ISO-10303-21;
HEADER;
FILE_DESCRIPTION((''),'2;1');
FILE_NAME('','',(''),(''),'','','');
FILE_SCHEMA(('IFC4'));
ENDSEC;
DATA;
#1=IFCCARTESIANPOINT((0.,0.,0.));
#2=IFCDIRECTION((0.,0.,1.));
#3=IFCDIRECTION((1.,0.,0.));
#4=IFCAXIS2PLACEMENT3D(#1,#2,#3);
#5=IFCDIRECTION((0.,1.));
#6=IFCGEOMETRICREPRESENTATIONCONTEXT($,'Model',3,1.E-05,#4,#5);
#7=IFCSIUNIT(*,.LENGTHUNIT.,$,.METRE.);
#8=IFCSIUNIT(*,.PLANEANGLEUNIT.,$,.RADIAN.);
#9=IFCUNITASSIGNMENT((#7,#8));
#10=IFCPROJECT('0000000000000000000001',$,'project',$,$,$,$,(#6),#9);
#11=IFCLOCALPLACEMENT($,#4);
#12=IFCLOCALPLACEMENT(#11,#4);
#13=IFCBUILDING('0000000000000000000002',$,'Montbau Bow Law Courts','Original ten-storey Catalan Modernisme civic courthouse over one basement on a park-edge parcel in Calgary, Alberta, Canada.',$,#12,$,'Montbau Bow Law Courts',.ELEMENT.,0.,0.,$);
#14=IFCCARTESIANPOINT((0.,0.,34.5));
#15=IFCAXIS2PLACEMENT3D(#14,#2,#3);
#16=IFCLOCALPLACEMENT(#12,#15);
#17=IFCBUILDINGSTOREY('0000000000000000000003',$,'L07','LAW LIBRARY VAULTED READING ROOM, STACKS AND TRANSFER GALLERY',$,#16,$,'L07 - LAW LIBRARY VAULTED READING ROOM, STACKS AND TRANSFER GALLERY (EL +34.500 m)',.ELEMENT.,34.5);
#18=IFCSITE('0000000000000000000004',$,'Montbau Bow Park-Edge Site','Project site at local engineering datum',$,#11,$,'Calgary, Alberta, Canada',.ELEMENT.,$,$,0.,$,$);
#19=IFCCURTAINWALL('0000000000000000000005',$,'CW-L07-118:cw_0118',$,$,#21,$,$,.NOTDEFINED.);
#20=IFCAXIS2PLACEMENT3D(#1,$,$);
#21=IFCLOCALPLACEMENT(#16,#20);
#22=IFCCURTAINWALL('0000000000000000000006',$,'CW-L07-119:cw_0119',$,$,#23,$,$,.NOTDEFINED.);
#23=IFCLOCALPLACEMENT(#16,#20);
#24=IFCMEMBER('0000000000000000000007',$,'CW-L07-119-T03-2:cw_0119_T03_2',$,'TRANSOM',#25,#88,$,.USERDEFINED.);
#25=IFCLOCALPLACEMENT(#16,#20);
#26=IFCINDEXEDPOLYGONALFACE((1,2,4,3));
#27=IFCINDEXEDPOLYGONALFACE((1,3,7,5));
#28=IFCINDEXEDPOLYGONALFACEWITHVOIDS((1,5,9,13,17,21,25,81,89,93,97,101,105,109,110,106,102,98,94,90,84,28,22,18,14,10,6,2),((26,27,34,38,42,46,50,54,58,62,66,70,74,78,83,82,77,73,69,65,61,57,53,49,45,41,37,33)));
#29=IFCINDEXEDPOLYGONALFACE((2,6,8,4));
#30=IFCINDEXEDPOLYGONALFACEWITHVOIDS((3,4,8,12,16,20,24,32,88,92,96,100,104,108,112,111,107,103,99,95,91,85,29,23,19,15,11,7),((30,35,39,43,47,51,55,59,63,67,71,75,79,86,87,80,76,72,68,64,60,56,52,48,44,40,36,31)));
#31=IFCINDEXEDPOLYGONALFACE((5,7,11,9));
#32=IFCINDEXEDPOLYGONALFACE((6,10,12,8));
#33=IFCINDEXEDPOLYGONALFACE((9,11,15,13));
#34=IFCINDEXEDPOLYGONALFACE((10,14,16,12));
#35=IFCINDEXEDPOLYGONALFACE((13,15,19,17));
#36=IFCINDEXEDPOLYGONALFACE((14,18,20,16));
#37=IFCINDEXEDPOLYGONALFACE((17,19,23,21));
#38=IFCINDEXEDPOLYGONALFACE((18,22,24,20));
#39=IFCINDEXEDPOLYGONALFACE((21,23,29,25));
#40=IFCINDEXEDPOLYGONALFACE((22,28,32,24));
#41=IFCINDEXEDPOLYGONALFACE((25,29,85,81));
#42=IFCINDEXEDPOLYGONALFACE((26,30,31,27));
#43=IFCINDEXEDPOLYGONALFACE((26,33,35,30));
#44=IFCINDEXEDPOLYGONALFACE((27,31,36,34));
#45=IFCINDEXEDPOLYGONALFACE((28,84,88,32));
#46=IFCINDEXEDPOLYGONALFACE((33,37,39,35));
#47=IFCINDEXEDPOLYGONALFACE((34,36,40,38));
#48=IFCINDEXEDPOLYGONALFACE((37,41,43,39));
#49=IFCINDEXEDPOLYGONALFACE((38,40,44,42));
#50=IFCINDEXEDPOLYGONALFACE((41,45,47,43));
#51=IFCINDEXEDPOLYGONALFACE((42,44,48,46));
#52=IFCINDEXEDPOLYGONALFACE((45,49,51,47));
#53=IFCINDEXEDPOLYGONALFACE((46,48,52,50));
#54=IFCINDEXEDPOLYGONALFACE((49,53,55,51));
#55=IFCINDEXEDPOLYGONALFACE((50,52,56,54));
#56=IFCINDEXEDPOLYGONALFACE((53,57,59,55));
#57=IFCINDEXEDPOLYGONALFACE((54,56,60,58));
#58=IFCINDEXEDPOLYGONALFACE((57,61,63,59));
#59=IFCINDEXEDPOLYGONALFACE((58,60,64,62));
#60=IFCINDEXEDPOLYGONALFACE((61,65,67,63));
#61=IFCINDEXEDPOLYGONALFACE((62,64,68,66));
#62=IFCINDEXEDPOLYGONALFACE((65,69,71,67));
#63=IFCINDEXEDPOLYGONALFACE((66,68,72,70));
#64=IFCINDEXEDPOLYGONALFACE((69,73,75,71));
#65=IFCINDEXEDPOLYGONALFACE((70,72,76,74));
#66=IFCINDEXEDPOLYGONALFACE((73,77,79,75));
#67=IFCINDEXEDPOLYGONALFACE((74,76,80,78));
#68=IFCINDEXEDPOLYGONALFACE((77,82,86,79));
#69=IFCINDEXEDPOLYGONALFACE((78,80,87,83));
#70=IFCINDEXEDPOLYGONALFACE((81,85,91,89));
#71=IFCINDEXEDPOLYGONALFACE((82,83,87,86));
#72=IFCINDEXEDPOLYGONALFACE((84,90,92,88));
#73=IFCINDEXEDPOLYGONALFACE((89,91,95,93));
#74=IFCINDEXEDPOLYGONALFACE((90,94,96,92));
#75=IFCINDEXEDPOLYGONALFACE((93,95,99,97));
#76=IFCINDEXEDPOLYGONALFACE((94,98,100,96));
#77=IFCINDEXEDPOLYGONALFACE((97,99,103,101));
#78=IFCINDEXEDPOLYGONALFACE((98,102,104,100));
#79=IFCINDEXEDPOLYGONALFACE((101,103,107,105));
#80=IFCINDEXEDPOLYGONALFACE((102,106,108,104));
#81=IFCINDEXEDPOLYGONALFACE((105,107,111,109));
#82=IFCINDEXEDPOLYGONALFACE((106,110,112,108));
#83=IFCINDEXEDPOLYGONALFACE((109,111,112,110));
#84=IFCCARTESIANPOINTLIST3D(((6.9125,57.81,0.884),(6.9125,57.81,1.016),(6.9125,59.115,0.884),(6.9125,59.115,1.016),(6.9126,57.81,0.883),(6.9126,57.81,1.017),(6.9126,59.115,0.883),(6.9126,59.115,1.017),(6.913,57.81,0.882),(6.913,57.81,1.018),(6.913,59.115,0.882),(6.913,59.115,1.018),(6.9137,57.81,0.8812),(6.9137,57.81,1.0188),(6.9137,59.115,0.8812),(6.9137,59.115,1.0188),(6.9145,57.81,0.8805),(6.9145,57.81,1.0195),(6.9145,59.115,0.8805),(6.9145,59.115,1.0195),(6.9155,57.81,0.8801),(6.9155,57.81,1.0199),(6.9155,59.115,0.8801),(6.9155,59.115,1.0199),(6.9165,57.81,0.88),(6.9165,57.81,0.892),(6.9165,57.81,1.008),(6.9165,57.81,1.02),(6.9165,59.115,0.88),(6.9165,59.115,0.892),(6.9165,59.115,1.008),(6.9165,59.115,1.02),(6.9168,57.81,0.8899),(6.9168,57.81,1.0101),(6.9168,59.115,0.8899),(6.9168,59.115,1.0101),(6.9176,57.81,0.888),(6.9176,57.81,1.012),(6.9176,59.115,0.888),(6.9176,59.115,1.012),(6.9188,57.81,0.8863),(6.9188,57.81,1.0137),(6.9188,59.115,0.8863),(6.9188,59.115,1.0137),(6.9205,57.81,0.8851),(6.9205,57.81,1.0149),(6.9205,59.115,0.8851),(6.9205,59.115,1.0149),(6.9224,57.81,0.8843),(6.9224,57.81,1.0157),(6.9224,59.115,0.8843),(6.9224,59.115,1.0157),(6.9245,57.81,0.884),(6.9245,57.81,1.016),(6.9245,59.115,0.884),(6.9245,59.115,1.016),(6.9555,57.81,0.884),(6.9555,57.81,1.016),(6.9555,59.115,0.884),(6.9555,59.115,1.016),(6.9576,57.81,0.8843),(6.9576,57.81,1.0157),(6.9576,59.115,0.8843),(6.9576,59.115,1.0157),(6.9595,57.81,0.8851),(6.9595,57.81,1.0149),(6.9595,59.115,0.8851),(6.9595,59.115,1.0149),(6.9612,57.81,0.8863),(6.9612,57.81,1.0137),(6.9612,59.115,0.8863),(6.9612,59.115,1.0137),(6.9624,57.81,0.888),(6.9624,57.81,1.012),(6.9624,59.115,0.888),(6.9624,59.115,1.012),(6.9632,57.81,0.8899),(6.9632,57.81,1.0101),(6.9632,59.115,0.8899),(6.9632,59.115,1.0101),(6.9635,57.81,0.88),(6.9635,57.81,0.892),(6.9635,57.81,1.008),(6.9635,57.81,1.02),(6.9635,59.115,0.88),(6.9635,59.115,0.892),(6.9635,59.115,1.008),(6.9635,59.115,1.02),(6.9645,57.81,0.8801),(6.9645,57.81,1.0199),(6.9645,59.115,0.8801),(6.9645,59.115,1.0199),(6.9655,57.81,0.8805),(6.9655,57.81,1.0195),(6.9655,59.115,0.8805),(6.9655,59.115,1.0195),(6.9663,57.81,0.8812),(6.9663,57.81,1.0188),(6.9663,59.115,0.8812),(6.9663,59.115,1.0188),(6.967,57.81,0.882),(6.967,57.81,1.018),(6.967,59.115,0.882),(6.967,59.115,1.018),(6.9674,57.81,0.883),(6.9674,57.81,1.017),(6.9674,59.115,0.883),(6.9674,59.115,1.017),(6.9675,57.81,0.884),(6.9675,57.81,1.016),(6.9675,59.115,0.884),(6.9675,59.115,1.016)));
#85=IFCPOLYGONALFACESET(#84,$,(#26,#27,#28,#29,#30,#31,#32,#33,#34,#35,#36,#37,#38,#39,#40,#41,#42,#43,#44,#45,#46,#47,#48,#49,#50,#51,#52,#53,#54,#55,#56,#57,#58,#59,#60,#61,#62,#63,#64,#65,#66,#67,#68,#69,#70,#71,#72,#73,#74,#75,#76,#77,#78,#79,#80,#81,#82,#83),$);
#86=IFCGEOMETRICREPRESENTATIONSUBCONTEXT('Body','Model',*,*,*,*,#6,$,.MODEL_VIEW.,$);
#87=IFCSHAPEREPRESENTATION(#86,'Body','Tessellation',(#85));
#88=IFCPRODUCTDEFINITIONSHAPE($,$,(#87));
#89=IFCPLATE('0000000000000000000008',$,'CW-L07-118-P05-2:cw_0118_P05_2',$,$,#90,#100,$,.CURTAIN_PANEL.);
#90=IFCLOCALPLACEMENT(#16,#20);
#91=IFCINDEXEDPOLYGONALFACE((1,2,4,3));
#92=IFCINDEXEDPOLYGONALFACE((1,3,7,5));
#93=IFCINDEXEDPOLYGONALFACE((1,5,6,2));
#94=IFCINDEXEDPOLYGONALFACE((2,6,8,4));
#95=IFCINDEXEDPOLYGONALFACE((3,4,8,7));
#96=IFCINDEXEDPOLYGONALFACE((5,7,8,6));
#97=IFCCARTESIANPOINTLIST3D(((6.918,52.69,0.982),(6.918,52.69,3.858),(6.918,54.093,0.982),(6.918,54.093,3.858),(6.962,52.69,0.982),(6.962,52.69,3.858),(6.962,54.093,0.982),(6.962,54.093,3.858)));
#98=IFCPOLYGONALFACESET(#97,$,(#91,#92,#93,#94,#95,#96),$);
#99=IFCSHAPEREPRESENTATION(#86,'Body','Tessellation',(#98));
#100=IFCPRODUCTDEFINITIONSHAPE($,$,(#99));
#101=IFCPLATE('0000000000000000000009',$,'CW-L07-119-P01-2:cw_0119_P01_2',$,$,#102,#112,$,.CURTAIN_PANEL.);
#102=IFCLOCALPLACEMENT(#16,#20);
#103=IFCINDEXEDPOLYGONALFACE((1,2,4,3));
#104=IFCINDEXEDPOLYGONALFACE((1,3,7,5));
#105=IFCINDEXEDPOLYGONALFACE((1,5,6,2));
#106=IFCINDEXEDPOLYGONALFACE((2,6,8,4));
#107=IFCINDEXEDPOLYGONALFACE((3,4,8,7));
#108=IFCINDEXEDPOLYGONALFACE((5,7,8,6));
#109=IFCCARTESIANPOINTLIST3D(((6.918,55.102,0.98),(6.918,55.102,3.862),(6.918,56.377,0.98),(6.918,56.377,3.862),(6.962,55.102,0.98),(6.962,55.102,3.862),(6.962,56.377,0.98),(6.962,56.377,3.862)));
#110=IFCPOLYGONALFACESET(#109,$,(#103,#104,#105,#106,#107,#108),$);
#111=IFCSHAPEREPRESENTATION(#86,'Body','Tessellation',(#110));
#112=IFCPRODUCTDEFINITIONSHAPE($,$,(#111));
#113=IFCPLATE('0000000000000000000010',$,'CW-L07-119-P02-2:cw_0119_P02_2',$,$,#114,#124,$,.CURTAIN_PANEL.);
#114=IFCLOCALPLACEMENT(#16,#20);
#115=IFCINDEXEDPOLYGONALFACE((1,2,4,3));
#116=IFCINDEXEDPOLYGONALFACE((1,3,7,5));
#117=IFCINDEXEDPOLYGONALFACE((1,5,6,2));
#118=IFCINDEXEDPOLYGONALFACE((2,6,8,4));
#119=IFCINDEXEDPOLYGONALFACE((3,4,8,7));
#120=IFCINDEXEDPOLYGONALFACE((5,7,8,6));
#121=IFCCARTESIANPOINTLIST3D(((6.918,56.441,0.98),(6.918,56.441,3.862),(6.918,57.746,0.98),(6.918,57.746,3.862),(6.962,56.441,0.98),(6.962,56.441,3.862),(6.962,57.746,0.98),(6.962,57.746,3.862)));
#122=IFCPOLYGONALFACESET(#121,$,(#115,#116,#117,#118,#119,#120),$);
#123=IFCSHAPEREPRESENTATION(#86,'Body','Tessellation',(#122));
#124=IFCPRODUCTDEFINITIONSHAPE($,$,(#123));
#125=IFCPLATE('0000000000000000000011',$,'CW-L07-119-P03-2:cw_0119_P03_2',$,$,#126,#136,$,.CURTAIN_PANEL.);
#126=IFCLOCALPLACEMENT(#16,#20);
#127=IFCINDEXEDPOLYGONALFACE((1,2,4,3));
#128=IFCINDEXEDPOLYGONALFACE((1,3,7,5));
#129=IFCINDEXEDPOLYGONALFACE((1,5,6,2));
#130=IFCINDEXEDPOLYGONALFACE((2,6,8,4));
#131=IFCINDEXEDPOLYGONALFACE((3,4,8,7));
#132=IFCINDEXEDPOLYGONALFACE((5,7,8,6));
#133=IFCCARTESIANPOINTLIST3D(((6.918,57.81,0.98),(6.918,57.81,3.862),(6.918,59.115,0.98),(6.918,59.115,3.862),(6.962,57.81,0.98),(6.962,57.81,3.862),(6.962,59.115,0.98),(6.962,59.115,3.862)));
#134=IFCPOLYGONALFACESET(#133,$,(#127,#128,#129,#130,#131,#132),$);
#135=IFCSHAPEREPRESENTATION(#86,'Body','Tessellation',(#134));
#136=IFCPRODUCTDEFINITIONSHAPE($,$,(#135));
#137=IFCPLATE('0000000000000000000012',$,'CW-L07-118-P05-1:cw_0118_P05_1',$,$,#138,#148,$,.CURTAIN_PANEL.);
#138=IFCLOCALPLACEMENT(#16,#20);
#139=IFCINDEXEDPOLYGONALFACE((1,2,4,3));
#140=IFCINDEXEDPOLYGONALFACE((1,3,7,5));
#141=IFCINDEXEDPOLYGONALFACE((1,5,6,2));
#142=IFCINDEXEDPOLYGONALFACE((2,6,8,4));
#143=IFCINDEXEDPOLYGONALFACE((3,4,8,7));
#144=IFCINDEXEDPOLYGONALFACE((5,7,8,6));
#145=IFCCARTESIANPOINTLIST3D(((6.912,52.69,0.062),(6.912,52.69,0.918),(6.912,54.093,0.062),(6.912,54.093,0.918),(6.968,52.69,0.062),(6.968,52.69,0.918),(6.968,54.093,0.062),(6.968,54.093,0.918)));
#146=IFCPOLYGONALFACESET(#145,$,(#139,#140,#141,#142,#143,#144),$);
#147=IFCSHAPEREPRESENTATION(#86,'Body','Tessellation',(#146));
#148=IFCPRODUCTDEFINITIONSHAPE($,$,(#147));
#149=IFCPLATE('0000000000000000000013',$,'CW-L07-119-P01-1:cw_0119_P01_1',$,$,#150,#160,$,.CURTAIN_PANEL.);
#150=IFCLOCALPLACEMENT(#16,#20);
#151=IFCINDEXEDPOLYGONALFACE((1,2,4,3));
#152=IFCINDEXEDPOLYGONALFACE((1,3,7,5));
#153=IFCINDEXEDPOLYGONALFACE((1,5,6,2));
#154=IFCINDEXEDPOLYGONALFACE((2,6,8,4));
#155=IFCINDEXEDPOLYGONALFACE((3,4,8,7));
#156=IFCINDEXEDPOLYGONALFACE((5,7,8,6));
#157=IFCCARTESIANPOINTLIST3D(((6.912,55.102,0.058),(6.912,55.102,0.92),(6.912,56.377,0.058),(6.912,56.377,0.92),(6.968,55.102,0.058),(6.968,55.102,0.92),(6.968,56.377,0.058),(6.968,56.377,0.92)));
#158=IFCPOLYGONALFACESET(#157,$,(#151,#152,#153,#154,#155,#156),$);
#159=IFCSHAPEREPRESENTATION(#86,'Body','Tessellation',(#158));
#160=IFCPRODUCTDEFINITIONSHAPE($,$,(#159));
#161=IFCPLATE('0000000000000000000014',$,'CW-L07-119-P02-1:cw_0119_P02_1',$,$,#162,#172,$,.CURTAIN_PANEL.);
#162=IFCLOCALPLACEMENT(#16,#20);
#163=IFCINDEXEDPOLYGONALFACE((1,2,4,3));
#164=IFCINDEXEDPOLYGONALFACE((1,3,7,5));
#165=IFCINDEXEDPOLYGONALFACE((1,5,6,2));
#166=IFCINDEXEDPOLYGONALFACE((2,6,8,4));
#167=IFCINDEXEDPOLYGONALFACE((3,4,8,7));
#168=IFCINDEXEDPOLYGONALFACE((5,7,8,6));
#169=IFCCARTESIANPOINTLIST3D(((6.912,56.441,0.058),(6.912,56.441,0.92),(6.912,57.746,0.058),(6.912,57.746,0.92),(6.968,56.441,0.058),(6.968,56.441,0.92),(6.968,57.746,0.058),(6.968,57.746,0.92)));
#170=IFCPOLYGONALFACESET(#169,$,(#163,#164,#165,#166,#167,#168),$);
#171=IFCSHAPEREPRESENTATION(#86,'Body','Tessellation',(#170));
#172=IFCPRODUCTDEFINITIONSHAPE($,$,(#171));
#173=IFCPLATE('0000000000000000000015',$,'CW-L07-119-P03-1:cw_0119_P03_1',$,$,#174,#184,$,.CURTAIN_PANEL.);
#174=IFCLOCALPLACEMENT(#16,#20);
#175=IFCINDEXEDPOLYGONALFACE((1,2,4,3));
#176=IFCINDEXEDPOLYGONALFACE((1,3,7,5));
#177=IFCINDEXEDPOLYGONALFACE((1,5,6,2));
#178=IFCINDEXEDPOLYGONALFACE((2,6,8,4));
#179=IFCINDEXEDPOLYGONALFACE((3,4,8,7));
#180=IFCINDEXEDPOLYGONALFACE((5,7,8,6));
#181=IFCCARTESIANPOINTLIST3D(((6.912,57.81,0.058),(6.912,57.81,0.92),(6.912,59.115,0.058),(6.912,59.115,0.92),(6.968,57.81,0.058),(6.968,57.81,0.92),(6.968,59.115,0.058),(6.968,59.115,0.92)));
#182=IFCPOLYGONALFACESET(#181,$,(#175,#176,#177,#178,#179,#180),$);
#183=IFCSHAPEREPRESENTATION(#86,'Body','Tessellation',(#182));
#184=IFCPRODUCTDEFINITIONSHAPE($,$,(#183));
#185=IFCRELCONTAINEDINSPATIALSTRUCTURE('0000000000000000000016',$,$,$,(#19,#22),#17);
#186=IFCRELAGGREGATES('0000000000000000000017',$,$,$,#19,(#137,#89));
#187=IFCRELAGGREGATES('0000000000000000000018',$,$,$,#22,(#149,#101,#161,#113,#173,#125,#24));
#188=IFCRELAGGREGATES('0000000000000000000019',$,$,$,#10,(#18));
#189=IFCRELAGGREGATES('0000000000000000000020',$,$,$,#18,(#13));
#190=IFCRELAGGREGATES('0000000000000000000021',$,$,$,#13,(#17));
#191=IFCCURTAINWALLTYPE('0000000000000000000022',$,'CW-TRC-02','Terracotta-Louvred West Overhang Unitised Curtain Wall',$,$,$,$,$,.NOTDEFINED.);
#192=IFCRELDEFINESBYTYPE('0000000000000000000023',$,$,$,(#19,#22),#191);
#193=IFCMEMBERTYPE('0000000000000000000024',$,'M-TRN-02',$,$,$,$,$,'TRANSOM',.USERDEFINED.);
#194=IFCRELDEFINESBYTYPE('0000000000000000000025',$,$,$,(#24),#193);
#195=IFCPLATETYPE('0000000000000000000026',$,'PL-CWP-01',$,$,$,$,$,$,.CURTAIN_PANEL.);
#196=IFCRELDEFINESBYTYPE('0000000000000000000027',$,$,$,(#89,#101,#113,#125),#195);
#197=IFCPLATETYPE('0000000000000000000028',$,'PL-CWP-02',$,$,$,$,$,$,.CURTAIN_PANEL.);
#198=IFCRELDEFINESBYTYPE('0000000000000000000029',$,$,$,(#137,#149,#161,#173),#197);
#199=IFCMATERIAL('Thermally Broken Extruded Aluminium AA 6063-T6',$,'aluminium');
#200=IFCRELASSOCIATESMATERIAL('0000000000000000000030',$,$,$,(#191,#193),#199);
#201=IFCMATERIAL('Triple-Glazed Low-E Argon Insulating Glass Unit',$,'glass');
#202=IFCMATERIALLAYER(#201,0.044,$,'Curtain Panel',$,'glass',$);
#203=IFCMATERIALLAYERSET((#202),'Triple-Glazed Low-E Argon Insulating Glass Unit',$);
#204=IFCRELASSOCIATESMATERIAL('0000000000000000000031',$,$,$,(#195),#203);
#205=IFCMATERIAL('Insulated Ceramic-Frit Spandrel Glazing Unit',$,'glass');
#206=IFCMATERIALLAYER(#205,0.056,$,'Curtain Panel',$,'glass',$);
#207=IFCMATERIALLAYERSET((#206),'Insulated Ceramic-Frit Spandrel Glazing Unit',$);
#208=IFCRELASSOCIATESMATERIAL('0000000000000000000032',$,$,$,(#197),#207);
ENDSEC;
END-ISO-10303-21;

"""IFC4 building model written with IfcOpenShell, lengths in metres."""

from ifc_helpers import new_model, si_unit, direction, frame, frame_2d, origin_with_axes, origin_2d_with_axis, place, context, subcontext, project, spatial, rectangle, hollow_rectangle, extrude, material, layer, layer_set, material_profile, profile_set, type_object, element, aggregate, save


model = new_model("IFC4")

# Units and contexts
model_context = context("Model", 3, precision=1e-05, world=origin_with_axes(), true_north=direction((0.0, 1.0)))
body_context = subcontext(model_context, "Body", "Model", "MODEL_VIEW")
ifc_project = project(units=[si_unit("LENGTHUNIT", "METRE"), si_unit("PLANEANGLEUNIT", "RADIAN")], contexts=[model_context])

# Site, building, storey
site_placement = place(None, origin_with_axes())
site = spatial("IfcSite", under=ifc_project, at=site_placement, Name="Montbau Bow Park-Edge Site", Description="Project site at local engineering datum", LongName="Calgary, Alberta, Canada", CompositionType="ELEMENT", RefElevation=0.0)
building_placement = place(site_placement, origin_with_axes())
building = spatial("IfcBuilding", under=site, at=building_placement, Name="Montbau Bow Law Courts", Description="Original ten-storey Catalan Modernisme civic courthouse over one basement on a park-edge parcel in Calgary, Alberta, Canada.", LongName="Montbau Bow Law Courts", CompositionType="ELEMENT", ElevationOfRefHeight=0.0, ElevationOfTerrain=0.0)
storey_placement = place(building_placement, frame((0.0, 0.0, 34.5), z_axis=(0.0, 0.0, 1.0), x_axis=(1.0, 0.0, 0.0)))
storey = spatial("IfcBuildingStorey", under=building, at=storey_placement, Name="L07", Description="LAW LIBRARY VAULTED READING ROOM, STACKS AND TRANSFER GALLERY", LongName="L07 - LAW LIBRARY VAULTED READING ROOM, STACKS AND TRANSFER GALLERY (EL +34.500 m)", CompositionType="ELEMENT", Elevation=34.5)

# Curtain wall
ifc_material_1 = material(Name="Thermally Broken Extruded Aluminium AA 6063-T6", Category="aluminium")
curtain_wall_type = type_object("IfcCurtainWallType", Name="CW-TRC-02", Description="Terracotta-Louvred West Overhang Unitised Curtain Wall", PredefinedType="NOTDEFINED", material=ifc_material_1)
curtain_wall_1_placement = place(None, frame((6.94, 46.64, 34.5), z_axis=(0.0, 0.0, 1.0), x_axis=(1.0, 0.0, 0.0)))
curtain_wall_1 = element("IfcCurtainWall", 1, at=curtain_wall_1_placement, inside=storey, type_object=curtain_wall_type, Name="CW-L07-118:cw_0118", PredefinedType="NOTDEFINED")

# Curtain wall
curtain_wall_2_placement = place(None, frame((6.94, 55.04, 34.5), z_axis=(0.0, 0.0, 1.0), x_axis=(1.0, 0.0, 0.0)))
curtain_wall_2 = element("IfcCurtainWall", 2, at=curtain_wall_2_placement, inside=storey, type_object=curtain_wall_type, Name="CW-L07-119:cw_0119", PredefinedType="NOTDEFINED")

# Member
ifc_material_profile_1 = material_profile(ifc_material_1, hollow_rectangle(XDim=0.055, YDim=0.14, WallThickness=0.004, InnerFilletRadius=0.008, OuterFilletRadius=0.004, at=origin_2d_with_axis()), Name="CWT-140X55", Category="Main", Priority=0)
ifc_profile_set_1 = profile_set([ifc_material_profile_1], Name="Thermally Broken Extruded Aluminium AA 6063-T6")
member_type_1 = type_object("IfcMemberType", Name="M-TRN-02", ElementType="TRANSOM", PredefinedType="USERDEFINED", material=ifc_profile_set_1)
member_1_placement = place(None, frame((6.94, 57.81, 35.45), z_axis=(0.0, 1.0, 0.0), x_axis=(-1.0, 0.0, 0.0)))
member_1 = element("IfcMember", 3, at=member_1_placement, type_object=member_type_1, Name="CW-L07-119-T03-2:cw_0119_T03_2", ObjectType="TRANSOM", PredefinedType="USERDEFINED", context=body_context, shape_type="SweptSolid", body=[
    extrude(hollow_rectangle(XDim=0.055, YDim=0.14, WallThickness=0.004, InnerFilletRadius=0.008, OuterFilletRadius=0.004, at=origin_2d_with_axis()), origin_with_axes(), (0.0, 0.0, 1.0), 1.305),
])

# Plates
ifc_material_2 = material(Name="Triple-Glazed Low-E Argon Insulating Glass Unit", Category="glass")
ifc_layer_1 = layer(ifc_material_2, 0.044, Name="Curtain Panel", Category="glass")
ifc_layer_set_1 = layer_set([ifc_layer_1], Name="Triple-Glazed Low-E Argon Insulating Glass Unit")
plate_type_1 = type_object("IfcPlateType", Name="PL-CWP-01", PredefinedType="CURTAIN_PANEL", material=ifc_layer_set_1)
plate_1_placement = place(None, frame((6.94, 52.69, 35.482), z_axis=(1.0, 0.0, 0.0), x_axis=(0.0, 1.0, 0.0)))
plate_1 = element("IfcPlate", 4, at=plate_1_placement, type_object=plate_type_1, Name="CW-L07-118-P05-2:cw_0118_P05_2", PredefinedType="CURTAIN_PANEL", context=body_context, shape_type="SweptSolid", body=[
    extrude(rectangle(XDim=1.403, YDim=2.876, at=frame_2d((0.7015, 1.438), x_axis=(1.0, 0.0))), frame((0.0, 0.0, -0.022), z_axis=(0.0, 0.0, 1.0), x_axis=(1.0, 0.0, 0.0)), (0.0, 0.0, 1.0), 0.044),
])
plate_2_placement = place(None, frame((6.94, 55.102, 35.48), z_axis=(1.0, 0.0, 0.0), x_axis=(0.0, 1.0, 0.0)))
plate_2 = element("IfcPlate", 5, at=plate_2_placement, type_object=plate_type_1, Name="CW-L07-119-P01-2:cw_0119_P01_2", PredefinedType="CURTAIN_PANEL", context=body_context, shape_type="SweptSolid", body=[
    extrude(rectangle(XDim=1.275, YDim=2.882, at=frame_2d((0.6375, 1.441), x_axis=(1.0, 0.0))), frame((0.0, 0.0, -0.022), z_axis=(0.0, 0.0, 1.0), x_axis=(1.0, 0.0, 0.0)), (0.0, 0.0, 1.0), 0.044),
])
plate_3_placement = place(None, frame((6.94, 56.441, 35.48), z_axis=(1.0, 0.0, 0.0), x_axis=(0.0, 1.0, 0.0)))
plate_3 = element("IfcPlate", 6, at=plate_3_placement, type_object=plate_type_1, Name="CW-L07-119-P02-2:cw_0119_P02_2", PredefinedType="CURTAIN_PANEL", context=body_context, shape_type="SweptSolid", body=[
    extrude(rectangle(XDim=1.305, YDim=2.882, at=frame_2d((0.6525, 1.441), x_axis=(1.0, 0.0))), frame((0.0, 0.0, -0.022), z_axis=(0.0, 0.0, 1.0), x_axis=(1.0, 0.0, 0.0)), (0.0, 0.0, 1.0), 0.044),
])
plate_4_placement = place(None, frame((6.94, 57.81, 35.48), z_axis=(1.0, 0.0, 0.0), x_axis=(0.0, 1.0, 0.0)))
plate_4 = element("IfcPlate", 7, at=plate_4_placement, type_object=plate_type_1, Name="CW-L07-119-P03-2:cw_0119_P03_2", PredefinedType="CURTAIN_PANEL", context=body_context, shape_type="SweptSolid", body=[
    extrude(rectangle(XDim=1.305, YDim=2.882, at=frame_2d((0.6525, 1.441), x_axis=(1.0, 0.0))), frame((0.0, 0.0, -0.022), z_axis=(0.0, 0.0, 1.0), x_axis=(1.0, 0.0, 0.0)), (0.0, 0.0, 1.0), 0.044),
])
ifc_material_3 = material(Name="Insulated Ceramic-Frit Spandrel Glazing Unit", Category="glass")
ifc_layer_2 = layer(ifc_material_3, 0.056, Name="Curtain Panel", Category="glass")
ifc_layer_set_2 = layer_set([ifc_layer_2], Name="Insulated Ceramic-Frit Spandrel Glazing Unit")
plate_type_2 = type_object("IfcPlateType", Name="PL-CWP-02", PredefinedType="CURTAIN_PANEL", material=ifc_layer_set_2)
plate_5_placement = place(None, frame((6.94, 52.69, 34.562), z_axis=(1.0, 0.0, 0.0), x_axis=(0.0, 1.0, 0.0)))
plate_5 = element("IfcPlate", 8, at=plate_5_placement, type_object=plate_type_2, Name="CW-L07-118-P05-1:cw_0118_P05_1", PredefinedType="CURTAIN_PANEL", context=body_context, shape_type="SweptSolid", body=[
    extrude(rectangle(XDim=1.403, YDim=0.856, at=frame_2d((0.7015, 0.428), x_axis=(1.0, 0.0))), frame((0.0, 0.0, -0.028), z_axis=(0.0, 0.0, 1.0), x_axis=(1.0, 0.0, 0.0)), (0.0, 0.0, 1.0), 0.056),
])
aggregate(curtain_wall_1, [plate_5, plate_1])
plate_6_placement = place(None, frame((6.94, 55.102, 34.558), z_axis=(1.0, 0.0, 0.0), x_axis=(0.0, 1.0, 0.0)))
plate_6 = element("IfcPlate", 9, at=plate_6_placement, type_object=plate_type_2, Name="CW-L07-119-P01-1:cw_0119_P01_1", PredefinedType="CURTAIN_PANEL", context=body_context, shape_type="SweptSolid", body=[
    extrude(rectangle(XDim=1.275, YDim=0.862, at=frame_2d((0.6375, 0.431), x_axis=(1.0, 0.0))), frame((0.0, 0.0, -0.028), z_axis=(0.0, 0.0, 1.0), x_axis=(1.0, 0.0, 0.0)), (0.0, 0.0, 1.0), 0.056),
])
plate_7_placement = place(None, frame((6.94, 56.441, 34.558), z_axis=(1.0, 0.0, 0.0), x_axis=(0.0, 1.0, 0.0)))
plate_7 = element("IfcPlate", 10, at=plate_7_placement, type_object=plate_type_2, Name="CW-L07-119-P02-1:cw_0119_P02_1", PredefinedType="CURTAIN_PANEL", context=body_context, shape_type="SweptSolid", body=[
    extrude(rectangle(XDim=1.305, YDim=0.862, at=frame_2d((0.6525, 0.431), x_axis=(1.0, 0.0))), frame((0.0, 0.0, -0.028), z_axis=(0.0, 0.0, 1.0), x_axis=(1.0, 0.0, 0.0)), (0.0, 0.0, 1.0), 0.056),
])
plate_8_placement = place(None, frame((6.94, 57.81, 34.558), z_axis=(1.0, 0.0, 0.0), x_axis=(0.0, 1.0, 0.0)))
plate_8 = element("IfcPlate", 11, at=plate_8_placement, type_object=plate_type_2, Name="CW-L07-119-P03-1:cw_0119_P03_1", PredefinedType="CURTAIN_PANEL", context=body_context, shape_type="SweptSolid", body=[
    extrude(rectangle(XDim=1.305, YDim=0.862, at=frame_2d((0.6525, 0.431), x_axis=(1.0, 0.0))), frame((0.0, 0.0, -0.028), z_axis=(0.0, 0.0, 1.0), x_axis=(1.0, 0.0, 0.0)), (0.0, 0.0, 1.0), 0.056),
])
aggregate(curtain_wall_2, [plate_6, plate_2, plate_7, plate_3, plate_8, plate_4, member_1])

save(model, "model.ifc")
